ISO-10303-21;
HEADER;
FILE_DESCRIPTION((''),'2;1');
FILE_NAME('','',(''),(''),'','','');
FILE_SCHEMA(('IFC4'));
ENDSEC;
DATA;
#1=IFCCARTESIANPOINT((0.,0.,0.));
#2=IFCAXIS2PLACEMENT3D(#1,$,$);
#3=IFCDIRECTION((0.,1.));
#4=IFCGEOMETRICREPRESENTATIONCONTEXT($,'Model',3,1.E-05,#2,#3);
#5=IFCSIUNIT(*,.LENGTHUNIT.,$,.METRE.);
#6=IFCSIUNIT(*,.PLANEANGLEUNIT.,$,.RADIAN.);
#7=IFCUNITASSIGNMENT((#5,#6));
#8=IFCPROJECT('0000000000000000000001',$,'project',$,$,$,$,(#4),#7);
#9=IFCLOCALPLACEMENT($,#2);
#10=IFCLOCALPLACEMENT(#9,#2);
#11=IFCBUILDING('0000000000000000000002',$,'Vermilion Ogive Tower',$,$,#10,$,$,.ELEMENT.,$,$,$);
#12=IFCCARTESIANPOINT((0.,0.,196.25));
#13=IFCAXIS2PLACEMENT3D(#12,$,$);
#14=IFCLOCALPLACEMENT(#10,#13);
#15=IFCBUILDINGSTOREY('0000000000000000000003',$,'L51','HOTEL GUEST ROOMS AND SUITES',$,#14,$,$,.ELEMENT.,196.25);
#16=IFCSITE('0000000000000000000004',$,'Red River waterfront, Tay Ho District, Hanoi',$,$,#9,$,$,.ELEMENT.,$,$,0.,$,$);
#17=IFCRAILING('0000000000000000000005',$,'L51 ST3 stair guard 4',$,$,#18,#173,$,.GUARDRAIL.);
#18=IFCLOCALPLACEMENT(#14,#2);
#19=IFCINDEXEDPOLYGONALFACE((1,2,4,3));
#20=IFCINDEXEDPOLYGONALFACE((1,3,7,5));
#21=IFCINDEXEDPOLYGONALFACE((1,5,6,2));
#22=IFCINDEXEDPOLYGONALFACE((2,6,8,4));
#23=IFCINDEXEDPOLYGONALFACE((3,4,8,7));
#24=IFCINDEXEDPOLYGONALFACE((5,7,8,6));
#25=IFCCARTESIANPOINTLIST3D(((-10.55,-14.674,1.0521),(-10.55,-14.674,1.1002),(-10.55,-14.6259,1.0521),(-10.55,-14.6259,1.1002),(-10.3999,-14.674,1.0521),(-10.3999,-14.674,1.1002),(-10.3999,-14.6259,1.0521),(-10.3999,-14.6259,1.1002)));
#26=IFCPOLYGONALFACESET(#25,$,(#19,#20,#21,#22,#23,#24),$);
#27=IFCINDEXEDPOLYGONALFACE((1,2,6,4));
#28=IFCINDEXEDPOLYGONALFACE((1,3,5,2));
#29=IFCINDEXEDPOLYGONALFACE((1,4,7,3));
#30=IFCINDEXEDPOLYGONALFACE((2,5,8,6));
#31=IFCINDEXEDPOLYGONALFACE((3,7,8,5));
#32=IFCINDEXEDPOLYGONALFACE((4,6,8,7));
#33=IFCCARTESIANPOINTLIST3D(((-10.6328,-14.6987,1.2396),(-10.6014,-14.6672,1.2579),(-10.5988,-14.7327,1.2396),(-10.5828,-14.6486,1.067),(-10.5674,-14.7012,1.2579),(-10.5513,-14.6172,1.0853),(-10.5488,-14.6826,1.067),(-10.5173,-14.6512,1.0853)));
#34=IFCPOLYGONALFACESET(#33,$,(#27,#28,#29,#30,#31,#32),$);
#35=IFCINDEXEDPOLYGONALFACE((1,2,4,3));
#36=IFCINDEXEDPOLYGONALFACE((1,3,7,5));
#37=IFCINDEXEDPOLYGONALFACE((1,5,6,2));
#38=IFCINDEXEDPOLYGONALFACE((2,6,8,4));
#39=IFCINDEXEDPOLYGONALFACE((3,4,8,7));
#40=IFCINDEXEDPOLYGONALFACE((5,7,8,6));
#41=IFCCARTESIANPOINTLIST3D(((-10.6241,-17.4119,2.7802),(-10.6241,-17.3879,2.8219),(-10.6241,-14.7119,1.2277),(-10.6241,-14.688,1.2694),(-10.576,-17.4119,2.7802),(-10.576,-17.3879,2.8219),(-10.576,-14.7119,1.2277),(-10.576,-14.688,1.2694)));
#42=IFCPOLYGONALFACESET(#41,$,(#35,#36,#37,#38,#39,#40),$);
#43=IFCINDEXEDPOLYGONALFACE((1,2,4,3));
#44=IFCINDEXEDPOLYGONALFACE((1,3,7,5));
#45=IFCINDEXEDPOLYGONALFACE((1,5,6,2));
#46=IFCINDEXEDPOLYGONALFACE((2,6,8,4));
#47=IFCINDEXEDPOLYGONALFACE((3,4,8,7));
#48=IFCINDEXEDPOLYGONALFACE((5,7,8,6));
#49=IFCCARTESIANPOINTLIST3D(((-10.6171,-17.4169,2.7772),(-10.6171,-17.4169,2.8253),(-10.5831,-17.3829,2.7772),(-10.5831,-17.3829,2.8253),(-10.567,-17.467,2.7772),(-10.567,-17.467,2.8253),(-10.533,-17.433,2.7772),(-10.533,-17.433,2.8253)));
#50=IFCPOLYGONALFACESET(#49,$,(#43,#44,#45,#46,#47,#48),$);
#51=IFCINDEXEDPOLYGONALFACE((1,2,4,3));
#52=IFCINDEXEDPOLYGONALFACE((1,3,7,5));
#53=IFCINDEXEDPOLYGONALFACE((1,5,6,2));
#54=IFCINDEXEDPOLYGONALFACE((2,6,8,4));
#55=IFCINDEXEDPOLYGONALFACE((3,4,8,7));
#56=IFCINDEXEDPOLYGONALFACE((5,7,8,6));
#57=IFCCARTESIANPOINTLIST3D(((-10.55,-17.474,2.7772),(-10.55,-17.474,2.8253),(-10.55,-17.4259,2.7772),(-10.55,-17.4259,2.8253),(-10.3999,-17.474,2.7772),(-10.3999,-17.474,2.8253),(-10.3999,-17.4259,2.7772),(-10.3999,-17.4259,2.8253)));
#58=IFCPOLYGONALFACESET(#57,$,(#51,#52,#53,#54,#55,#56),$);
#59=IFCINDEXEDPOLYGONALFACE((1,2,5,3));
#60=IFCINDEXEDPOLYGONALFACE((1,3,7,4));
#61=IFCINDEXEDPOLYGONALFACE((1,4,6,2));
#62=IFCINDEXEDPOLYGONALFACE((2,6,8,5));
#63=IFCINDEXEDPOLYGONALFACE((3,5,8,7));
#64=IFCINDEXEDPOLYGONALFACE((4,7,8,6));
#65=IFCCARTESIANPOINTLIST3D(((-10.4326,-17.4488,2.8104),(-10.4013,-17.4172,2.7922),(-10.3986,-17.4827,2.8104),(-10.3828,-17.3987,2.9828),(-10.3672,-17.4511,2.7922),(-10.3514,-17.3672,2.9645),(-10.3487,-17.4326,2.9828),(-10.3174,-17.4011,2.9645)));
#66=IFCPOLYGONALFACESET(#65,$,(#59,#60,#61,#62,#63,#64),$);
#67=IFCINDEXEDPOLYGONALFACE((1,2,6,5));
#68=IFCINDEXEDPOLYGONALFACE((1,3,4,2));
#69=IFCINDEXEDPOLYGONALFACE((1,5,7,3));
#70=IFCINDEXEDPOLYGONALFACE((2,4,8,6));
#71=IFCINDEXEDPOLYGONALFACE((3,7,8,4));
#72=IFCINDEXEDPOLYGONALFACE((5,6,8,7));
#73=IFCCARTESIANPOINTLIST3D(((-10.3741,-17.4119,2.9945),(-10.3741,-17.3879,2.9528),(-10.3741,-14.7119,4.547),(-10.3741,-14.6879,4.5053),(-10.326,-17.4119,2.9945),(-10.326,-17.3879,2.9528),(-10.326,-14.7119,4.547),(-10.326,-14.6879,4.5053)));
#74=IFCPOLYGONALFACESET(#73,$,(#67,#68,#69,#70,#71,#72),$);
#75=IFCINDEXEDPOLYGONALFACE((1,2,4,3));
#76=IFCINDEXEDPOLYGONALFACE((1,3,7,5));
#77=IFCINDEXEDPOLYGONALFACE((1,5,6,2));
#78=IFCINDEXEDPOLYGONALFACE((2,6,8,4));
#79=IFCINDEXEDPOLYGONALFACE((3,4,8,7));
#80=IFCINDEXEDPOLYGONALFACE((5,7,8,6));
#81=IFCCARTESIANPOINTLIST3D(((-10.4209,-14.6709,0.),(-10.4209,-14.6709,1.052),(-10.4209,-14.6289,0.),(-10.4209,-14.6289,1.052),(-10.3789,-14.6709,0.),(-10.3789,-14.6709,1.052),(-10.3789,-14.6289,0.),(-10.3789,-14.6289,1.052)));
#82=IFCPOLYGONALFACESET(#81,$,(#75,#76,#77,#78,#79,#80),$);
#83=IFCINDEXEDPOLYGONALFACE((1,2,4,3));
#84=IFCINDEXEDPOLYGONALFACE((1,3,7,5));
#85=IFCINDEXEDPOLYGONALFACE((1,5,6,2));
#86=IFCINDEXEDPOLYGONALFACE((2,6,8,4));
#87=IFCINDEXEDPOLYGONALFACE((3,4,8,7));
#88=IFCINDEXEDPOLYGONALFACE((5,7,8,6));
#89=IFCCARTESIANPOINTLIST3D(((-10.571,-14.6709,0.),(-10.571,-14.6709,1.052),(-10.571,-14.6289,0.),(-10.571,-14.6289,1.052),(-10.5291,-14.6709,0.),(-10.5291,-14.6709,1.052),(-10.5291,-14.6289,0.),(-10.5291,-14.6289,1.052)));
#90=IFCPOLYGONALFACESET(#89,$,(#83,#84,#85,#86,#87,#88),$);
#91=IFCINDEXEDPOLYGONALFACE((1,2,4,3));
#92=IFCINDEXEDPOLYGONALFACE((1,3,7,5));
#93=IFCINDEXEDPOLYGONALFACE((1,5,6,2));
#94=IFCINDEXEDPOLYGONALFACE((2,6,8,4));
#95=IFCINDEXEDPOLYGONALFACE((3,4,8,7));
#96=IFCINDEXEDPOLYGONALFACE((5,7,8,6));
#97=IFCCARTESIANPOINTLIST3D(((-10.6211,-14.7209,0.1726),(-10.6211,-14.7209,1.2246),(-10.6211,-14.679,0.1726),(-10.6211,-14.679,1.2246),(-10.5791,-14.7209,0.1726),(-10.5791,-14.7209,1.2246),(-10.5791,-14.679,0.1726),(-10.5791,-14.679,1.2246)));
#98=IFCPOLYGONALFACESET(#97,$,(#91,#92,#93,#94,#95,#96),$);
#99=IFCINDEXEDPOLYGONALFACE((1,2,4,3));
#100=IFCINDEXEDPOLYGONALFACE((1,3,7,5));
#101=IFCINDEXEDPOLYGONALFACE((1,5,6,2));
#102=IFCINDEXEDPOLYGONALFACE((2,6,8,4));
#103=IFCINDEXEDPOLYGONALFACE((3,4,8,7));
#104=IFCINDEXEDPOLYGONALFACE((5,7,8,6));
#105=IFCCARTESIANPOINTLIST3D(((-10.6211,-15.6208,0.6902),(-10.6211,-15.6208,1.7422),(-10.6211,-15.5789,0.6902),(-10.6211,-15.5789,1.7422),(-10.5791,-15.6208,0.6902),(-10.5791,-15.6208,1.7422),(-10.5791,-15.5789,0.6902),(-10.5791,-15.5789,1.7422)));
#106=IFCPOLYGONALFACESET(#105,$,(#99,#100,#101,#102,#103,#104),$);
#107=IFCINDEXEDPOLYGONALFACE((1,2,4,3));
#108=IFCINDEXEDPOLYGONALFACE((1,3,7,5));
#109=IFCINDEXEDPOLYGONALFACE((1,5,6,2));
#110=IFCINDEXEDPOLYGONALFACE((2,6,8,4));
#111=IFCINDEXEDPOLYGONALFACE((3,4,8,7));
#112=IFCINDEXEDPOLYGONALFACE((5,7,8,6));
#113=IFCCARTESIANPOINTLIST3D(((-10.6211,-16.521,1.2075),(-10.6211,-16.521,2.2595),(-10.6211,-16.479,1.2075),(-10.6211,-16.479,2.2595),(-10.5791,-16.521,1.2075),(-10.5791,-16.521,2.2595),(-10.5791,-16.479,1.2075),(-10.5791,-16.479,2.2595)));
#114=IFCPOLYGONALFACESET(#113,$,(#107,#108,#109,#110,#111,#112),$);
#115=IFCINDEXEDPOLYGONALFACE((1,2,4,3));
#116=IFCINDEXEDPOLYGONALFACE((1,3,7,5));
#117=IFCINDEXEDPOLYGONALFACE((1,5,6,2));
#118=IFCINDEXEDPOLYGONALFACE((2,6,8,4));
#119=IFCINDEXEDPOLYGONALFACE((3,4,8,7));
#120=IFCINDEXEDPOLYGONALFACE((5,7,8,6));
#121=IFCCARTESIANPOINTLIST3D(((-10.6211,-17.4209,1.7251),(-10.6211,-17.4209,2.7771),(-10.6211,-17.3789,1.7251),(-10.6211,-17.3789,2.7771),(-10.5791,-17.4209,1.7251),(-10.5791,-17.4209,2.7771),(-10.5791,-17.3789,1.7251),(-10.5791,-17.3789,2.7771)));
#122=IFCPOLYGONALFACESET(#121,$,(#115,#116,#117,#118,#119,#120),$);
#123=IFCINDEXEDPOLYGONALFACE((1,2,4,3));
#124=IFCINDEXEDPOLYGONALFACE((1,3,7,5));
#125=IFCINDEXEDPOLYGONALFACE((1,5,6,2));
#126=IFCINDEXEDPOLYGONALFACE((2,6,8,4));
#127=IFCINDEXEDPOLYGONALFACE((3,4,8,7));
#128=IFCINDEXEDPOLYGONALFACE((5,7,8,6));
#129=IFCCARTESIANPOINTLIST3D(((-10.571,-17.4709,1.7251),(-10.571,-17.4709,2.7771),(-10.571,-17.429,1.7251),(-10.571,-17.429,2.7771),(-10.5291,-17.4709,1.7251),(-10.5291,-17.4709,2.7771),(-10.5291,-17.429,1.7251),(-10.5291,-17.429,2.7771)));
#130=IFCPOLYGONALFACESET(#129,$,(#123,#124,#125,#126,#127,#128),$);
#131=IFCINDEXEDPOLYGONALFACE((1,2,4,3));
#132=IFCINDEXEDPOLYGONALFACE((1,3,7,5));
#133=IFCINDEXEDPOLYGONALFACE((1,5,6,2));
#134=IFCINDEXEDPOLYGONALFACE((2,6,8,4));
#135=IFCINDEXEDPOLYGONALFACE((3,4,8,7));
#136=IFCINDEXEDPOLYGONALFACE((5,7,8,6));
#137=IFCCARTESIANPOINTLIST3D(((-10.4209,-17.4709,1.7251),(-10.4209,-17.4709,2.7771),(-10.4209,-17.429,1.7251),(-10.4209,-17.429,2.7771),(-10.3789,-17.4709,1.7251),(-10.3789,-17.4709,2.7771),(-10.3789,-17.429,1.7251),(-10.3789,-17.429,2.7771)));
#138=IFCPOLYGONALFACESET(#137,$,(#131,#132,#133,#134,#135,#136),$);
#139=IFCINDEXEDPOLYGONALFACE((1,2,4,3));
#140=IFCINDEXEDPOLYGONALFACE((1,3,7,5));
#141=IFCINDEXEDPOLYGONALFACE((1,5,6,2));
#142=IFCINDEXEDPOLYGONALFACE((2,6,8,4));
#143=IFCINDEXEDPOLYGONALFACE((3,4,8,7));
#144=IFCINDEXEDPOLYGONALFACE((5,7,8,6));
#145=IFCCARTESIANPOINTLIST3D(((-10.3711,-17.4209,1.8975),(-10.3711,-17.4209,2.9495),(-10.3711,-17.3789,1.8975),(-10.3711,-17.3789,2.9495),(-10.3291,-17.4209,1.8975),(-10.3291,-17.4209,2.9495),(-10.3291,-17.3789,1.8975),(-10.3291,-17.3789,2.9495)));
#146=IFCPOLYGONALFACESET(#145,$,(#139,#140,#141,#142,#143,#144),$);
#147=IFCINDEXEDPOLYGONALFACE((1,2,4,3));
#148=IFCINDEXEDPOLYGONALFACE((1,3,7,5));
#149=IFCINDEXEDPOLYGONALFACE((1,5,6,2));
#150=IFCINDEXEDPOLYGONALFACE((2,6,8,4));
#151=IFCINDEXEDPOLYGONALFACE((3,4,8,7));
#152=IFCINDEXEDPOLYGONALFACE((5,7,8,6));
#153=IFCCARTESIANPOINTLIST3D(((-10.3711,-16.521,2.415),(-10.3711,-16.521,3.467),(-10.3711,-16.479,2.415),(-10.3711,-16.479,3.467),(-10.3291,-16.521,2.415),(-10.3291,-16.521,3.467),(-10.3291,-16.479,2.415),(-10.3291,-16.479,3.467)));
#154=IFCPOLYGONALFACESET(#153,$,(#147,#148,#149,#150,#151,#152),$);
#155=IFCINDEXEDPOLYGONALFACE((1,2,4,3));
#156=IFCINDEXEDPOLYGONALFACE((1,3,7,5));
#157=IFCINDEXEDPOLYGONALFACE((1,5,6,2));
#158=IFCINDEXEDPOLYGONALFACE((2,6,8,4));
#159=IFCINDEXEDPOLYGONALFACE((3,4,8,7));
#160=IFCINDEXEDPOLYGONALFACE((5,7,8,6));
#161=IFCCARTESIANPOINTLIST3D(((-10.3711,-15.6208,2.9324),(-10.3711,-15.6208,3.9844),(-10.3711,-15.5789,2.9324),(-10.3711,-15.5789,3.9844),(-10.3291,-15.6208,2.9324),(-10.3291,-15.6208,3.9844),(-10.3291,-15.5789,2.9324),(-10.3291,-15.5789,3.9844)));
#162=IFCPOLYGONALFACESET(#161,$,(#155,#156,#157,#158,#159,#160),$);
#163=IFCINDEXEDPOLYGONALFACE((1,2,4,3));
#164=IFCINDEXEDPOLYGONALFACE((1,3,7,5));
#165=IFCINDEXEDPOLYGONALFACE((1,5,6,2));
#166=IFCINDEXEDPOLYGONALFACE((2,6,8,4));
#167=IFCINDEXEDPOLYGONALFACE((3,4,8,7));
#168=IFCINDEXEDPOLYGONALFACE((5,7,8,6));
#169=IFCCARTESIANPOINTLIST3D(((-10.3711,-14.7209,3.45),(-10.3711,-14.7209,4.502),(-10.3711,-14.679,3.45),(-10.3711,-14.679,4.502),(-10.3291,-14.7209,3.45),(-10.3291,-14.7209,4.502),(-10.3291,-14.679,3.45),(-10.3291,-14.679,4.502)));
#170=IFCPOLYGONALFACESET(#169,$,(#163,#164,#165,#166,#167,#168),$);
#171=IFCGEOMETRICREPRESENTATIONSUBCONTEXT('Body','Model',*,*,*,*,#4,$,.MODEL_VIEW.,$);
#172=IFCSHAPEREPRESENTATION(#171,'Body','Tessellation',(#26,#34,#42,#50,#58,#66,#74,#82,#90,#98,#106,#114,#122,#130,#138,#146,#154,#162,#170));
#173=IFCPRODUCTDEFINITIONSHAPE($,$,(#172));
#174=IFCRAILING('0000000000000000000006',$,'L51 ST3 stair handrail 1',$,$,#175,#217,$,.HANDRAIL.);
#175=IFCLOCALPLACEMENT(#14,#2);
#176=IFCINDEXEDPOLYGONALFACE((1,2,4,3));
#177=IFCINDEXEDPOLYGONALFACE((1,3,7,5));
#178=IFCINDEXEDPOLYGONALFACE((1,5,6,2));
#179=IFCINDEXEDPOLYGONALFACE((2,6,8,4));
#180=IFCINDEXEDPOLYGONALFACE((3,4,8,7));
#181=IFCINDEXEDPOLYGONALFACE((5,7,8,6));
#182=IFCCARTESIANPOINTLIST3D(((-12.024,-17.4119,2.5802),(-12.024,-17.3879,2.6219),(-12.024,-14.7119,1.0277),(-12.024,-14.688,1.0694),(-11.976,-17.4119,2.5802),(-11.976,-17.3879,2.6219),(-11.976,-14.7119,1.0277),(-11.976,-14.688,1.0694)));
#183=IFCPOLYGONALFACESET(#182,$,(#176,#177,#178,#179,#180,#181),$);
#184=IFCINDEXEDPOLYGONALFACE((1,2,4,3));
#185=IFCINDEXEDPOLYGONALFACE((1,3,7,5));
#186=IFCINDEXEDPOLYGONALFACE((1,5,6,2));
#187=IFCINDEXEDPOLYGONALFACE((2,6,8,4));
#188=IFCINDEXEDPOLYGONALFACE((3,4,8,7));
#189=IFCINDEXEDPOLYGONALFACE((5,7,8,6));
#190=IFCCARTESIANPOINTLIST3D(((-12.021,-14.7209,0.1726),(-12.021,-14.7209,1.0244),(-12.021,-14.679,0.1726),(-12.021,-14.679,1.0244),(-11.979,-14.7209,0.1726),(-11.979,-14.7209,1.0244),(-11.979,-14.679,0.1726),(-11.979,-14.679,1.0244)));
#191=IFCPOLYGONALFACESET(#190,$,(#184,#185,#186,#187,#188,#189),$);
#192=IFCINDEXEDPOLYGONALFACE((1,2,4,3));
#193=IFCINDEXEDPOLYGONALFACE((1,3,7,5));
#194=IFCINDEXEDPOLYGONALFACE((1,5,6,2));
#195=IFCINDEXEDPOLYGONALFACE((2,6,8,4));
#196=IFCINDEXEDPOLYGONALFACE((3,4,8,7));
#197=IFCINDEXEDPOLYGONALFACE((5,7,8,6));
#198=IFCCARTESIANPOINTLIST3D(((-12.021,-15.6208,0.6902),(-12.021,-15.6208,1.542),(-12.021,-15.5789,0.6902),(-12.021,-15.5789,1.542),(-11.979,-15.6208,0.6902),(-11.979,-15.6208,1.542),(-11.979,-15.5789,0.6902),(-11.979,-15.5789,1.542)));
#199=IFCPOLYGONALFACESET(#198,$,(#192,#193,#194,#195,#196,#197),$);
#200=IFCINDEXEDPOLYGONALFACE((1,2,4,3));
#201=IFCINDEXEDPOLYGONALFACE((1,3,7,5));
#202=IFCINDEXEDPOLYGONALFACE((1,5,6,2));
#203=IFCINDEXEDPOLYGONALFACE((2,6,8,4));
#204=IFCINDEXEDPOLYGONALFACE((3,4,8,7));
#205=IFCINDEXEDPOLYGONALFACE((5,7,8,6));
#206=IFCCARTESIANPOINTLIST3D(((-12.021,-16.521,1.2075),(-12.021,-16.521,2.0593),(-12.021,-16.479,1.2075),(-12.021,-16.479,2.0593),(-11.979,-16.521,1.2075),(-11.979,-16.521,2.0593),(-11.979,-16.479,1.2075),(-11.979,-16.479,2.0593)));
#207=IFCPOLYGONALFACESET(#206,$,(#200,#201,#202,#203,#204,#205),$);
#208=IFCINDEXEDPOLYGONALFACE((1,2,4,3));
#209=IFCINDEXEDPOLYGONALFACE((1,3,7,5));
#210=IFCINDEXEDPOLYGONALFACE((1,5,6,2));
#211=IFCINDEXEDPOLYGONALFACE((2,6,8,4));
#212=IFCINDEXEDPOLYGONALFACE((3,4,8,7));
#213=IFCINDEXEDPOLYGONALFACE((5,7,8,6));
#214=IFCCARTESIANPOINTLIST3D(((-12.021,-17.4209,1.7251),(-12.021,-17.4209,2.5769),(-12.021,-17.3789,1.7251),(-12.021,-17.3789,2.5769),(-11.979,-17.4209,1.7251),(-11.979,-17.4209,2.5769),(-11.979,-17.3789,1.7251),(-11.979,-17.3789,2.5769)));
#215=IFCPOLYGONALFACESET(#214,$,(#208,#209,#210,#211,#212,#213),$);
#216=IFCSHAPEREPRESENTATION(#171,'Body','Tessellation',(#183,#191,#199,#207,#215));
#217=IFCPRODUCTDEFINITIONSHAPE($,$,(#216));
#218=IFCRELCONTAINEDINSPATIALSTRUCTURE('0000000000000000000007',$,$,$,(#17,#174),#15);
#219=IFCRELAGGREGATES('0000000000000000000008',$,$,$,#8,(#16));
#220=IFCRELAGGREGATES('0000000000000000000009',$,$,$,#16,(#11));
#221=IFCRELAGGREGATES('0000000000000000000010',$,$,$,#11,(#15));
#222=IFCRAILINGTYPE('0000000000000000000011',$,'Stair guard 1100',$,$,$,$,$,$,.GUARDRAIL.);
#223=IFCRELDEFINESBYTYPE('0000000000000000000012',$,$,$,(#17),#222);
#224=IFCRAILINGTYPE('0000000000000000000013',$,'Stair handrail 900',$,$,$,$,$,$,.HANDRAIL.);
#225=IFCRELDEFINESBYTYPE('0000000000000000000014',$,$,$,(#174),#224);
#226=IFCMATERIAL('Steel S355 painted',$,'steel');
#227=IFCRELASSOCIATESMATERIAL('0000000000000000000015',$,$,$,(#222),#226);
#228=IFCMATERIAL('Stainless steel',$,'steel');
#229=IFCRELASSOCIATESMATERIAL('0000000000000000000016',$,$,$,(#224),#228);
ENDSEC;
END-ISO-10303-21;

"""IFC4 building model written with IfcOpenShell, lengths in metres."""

from ifc_helpers import new_model, si_unit, direction, frame, origin, origin_2d, place, context, subcontext, project, spatial, rectangle, extrude, material, type_object, element, save


model = new_model("IFC4")

# Units and contexts
model_context = context("Model", 3, precision=1e-05, world=origin(), true_north=direction((0.0, 1.0)))
body_context = subcontext(model_context, "Body", "Model", "MODEL_VIEW")
ifc_project = project(units=[si_unit("LENGTHUNIT", "METRE"), si_unit("PLANEANGLEUNIT", "RADIAN")], contexts=[model_context])

# Site, building, storey
site_placement = place(None, origin())
site = spatial("IfcSite", under=ifc_project, at=site_placement, Name="Red River waterfront, Tay Ho District, Hanoi", CompositionType="ELEMENT", RefElevation=0.0)
building_placement = place(site_placement, origin())
building = spatial("IfcBuilding", under=site, at=building_placement, Name="Vermilion Ogive Tower", CompositionType="ELEMENT")
storey_placement = place(building_placement, frame((0.0, 0.0, 196.25)))
storey = spatial("IfcBuildingStorey", under=building, at=storey_placement, Name="L51", Description="HOTEL GUEST ROOMS AND SUITES", CompositionType="ELEMENT", Elevation=196.25)

# Railings
ifc_material_1 = material(Name="Steel S355 painted", Category="steel")
railing_type_1 = type_object("IfcRailingType", Name="Stair guard 1100", PredefinedType="GUARDRAIL", material=ifc_material_1)
railing_1_placement = place(storey_placement, frame((-10.3999, -14.6499, 0.0)))
element("IfcRailing", 1, at=railing_1_placement, inside=storey, type_object=railing_type_1, Name="L51 ST3 stair guard 4", PredefinedType="GUARDRAIL", context=body_context, shape_type="SweptSolid", body=[
    extrude(rectangle(XDim=0.0481, YDim=0.0481, at=origin_2d()), frame((0.0, 0.0, 1.0762), z_axis=(-1.0, 0.0, 0.0), x_axis=(0.0, -1.0, 0.0)), (0.0, 0.0, 1.0), 0.1501),
    extrude(rectangle(XDim=0.0481, YDim=0.0481, at=origin_2d()), frame((-0.1501, 0.0, 1.0762), z_axis=(-0.268278, -0.268278, 0.925232), x_axis=(0.707107, -0.707107, 0.0)), (0.0, 0.0, 1.0), 0.1865),
    extrude(rectangle(XDim=0.0481, YDim=0.0481, at=origin_2d()), frame((-0.2002, -0.05, 1.2485), z_axis=(0.0, -0.866904, 0.498476), x_axis=(1.0, 0.0, 0.0)), (0.0, 0.0, 1.0), 3.1145),
    extrude(rectangle(XDim=0.0481, YDim=0.0481, at=origin_2d()), frame((-0.2002, -2.75, 2.8013), z_axis=(0.707107, -0.707107, 0.0), x_axis=(0.707107, 0.707107, 0.0)), (0.0, 0.0, 1.0), 0.0708),
    extrude(rectangle(XDim=0.0481, YDim=0.0481, at=origin_2d()), frame((-0.1501, -2.8, 2.8013), z_axis=(1.0, 0.0, 0.0), x_axis=(0.0, 1.0, 0.0)), (0.0, 0.0, 1.0), 0.1501),
    extrude(rectangle(XDim=0.0481, YDim=0.0481, at=origin_2d()), frame((0.0, -2.8, 2.8013), z_axis=(0.267387, 0.268698, 0.925368), x_axis=(-0.708834, 0.705376, 0.0)), (0.0, 0.0, 1.0), 0.1863),
    extrude(rectangle(XDim=0.0481, YDim=0.0481, at=origin_2d()), frame((0.0498, -2.75, 2.9736), z_axis=(0.0, 0.866904, 0.498476), x_axis=(-1.0, 0.0, 0.0)), (0.0, 0.0, 1.0), 3.1145),
    extrude(rectangle(XDim=0.042, YDim=0.042, at=origin_2d()), origin(), (0.0, 0.0, 1.0), 1.052),
    extrude(rectangle(XDim=0.042, YDim=0.042, at=origin_2d()), frame((-0.1501, 0.0, 0.0)), (0.0, 0.0, 1.0), 1.052),
    extrude(rectangle(XDim=0.042, YDim=0.042, at=origin_2d()), frame((-0.2002, -0.05, 0.1726)), (0.0, 0.0, 1.0), 1.052),
    extrude(rectangle(XDim=0.042, YDim=0.042, at=origin_2d()), frame((-0.2002, -0.95, 0.6902)), (0.0, 0.0, 1.0), 1.052),
    extrude(rectangle(XDim=0.042, YDim=0.042, at=origin_2d()), frame((-0.2002, -1.8501, 1.2075)), (0.0, 0.0, 1.0), 1.052),
    extrude(rectangle(XDim=0.042, YDim=0.042, at=origin_2d()), frame((-0.2002, -2.75, 1.7251)), (0.0, 0.0, 1.0), 1.052),
    extrude(rectangle(XDim=0.042, YDim=0.042, at=origin_2d()), frame((-0.1501, -2.8, 1.7251)), (0.0, 0.0, 1.0), 1.052),
    extrude(rectangle(XDim=0.042, YDim=0.042, at=origin_2d()), frame((0.0, -2.8, 1.7251)), (0.0, 0.0, 1.0), 1.052),
    extrude(rectangle(XDim=0.042, YDim=0.042, at=origin_2d()), frame((0.0498, -2.75, 1.8975)), (0.0, 0.0, 1.0), 1.052),
    extrude(rectangle(XDim=0.042, YDim=0.042, at=origin_2d()), frame((0.0498, -1.8501, 2.415)), (0.0, 0.0, 1.0), 1.052),
    extrude(rectangle(XDim=0.042, YDim=0.042, at=origin_2d()), frame((0.0498, -0.95, 2.9324)), (0.0, 0.0, 1.0), 1.052),
    extrude(rectangle(XDim=0.042, YDim=0.042, at=origin_2d()), frame((0.0498, -0.05, 3.45)), (0.0, 0.0, 1.0), 1.052),
])
ifc_material_2 = material(Name="Stainless steel", Category="steel")
railing_type_2 = type_object("IfcRailingType", Name="Stair handrail 900", PredefinedType="HANDRAIL", material=ifc_material_2)
railing_2_placement = place(storey_placement, frame((-12.0, -14.7, 0.1726)))
element("IfcRailing", 2, at=railing_2_placement, inside=storey, type_object=railing_type_2, Name="L51 ST3 stair handrail 1", PredefinedType="HANDRAIL", context=body_context, shape_type="SweptSolid", body=[
    extrude(rectangle(XDim=0.0481, YDim=0.0481, at=origin_2d()), frame((0.0, 0.0, 0.876), z_axis=(0.0, -0.866904, 0.498476), x_axis=(1.0, 0.0, 0.0)), (0.0, 0.0, 1.0), 3.1145),
    extrude(rectangle(XDim=0.042, YDim=0.042, at=origin_2d()), origin(), (0.0, 0.0, 1.0), 0.8518),
    extrude(rectangle(XDim=0.042, YDim=0.042, at=origin_2d()), frame((0.0, -0.8999, 0.5176)), (0.0, 0.0, 1.0), 0.8518),
    extrude(rectangle(XDim=0.042, YDim=0.042, at=origin_2d()), frame((0.0, -1.8, 1.0349)), (0.0, 0.0, 1.0), 0.8518),
    extrude(rectangle(XDim=0.042, YDim=0.042, at=origin_2d()), frame((0.0, -2.7, 1.5525)), (0.0, 0.0, 1.0), 0.8518),
])

save(model, "model.ifc")
